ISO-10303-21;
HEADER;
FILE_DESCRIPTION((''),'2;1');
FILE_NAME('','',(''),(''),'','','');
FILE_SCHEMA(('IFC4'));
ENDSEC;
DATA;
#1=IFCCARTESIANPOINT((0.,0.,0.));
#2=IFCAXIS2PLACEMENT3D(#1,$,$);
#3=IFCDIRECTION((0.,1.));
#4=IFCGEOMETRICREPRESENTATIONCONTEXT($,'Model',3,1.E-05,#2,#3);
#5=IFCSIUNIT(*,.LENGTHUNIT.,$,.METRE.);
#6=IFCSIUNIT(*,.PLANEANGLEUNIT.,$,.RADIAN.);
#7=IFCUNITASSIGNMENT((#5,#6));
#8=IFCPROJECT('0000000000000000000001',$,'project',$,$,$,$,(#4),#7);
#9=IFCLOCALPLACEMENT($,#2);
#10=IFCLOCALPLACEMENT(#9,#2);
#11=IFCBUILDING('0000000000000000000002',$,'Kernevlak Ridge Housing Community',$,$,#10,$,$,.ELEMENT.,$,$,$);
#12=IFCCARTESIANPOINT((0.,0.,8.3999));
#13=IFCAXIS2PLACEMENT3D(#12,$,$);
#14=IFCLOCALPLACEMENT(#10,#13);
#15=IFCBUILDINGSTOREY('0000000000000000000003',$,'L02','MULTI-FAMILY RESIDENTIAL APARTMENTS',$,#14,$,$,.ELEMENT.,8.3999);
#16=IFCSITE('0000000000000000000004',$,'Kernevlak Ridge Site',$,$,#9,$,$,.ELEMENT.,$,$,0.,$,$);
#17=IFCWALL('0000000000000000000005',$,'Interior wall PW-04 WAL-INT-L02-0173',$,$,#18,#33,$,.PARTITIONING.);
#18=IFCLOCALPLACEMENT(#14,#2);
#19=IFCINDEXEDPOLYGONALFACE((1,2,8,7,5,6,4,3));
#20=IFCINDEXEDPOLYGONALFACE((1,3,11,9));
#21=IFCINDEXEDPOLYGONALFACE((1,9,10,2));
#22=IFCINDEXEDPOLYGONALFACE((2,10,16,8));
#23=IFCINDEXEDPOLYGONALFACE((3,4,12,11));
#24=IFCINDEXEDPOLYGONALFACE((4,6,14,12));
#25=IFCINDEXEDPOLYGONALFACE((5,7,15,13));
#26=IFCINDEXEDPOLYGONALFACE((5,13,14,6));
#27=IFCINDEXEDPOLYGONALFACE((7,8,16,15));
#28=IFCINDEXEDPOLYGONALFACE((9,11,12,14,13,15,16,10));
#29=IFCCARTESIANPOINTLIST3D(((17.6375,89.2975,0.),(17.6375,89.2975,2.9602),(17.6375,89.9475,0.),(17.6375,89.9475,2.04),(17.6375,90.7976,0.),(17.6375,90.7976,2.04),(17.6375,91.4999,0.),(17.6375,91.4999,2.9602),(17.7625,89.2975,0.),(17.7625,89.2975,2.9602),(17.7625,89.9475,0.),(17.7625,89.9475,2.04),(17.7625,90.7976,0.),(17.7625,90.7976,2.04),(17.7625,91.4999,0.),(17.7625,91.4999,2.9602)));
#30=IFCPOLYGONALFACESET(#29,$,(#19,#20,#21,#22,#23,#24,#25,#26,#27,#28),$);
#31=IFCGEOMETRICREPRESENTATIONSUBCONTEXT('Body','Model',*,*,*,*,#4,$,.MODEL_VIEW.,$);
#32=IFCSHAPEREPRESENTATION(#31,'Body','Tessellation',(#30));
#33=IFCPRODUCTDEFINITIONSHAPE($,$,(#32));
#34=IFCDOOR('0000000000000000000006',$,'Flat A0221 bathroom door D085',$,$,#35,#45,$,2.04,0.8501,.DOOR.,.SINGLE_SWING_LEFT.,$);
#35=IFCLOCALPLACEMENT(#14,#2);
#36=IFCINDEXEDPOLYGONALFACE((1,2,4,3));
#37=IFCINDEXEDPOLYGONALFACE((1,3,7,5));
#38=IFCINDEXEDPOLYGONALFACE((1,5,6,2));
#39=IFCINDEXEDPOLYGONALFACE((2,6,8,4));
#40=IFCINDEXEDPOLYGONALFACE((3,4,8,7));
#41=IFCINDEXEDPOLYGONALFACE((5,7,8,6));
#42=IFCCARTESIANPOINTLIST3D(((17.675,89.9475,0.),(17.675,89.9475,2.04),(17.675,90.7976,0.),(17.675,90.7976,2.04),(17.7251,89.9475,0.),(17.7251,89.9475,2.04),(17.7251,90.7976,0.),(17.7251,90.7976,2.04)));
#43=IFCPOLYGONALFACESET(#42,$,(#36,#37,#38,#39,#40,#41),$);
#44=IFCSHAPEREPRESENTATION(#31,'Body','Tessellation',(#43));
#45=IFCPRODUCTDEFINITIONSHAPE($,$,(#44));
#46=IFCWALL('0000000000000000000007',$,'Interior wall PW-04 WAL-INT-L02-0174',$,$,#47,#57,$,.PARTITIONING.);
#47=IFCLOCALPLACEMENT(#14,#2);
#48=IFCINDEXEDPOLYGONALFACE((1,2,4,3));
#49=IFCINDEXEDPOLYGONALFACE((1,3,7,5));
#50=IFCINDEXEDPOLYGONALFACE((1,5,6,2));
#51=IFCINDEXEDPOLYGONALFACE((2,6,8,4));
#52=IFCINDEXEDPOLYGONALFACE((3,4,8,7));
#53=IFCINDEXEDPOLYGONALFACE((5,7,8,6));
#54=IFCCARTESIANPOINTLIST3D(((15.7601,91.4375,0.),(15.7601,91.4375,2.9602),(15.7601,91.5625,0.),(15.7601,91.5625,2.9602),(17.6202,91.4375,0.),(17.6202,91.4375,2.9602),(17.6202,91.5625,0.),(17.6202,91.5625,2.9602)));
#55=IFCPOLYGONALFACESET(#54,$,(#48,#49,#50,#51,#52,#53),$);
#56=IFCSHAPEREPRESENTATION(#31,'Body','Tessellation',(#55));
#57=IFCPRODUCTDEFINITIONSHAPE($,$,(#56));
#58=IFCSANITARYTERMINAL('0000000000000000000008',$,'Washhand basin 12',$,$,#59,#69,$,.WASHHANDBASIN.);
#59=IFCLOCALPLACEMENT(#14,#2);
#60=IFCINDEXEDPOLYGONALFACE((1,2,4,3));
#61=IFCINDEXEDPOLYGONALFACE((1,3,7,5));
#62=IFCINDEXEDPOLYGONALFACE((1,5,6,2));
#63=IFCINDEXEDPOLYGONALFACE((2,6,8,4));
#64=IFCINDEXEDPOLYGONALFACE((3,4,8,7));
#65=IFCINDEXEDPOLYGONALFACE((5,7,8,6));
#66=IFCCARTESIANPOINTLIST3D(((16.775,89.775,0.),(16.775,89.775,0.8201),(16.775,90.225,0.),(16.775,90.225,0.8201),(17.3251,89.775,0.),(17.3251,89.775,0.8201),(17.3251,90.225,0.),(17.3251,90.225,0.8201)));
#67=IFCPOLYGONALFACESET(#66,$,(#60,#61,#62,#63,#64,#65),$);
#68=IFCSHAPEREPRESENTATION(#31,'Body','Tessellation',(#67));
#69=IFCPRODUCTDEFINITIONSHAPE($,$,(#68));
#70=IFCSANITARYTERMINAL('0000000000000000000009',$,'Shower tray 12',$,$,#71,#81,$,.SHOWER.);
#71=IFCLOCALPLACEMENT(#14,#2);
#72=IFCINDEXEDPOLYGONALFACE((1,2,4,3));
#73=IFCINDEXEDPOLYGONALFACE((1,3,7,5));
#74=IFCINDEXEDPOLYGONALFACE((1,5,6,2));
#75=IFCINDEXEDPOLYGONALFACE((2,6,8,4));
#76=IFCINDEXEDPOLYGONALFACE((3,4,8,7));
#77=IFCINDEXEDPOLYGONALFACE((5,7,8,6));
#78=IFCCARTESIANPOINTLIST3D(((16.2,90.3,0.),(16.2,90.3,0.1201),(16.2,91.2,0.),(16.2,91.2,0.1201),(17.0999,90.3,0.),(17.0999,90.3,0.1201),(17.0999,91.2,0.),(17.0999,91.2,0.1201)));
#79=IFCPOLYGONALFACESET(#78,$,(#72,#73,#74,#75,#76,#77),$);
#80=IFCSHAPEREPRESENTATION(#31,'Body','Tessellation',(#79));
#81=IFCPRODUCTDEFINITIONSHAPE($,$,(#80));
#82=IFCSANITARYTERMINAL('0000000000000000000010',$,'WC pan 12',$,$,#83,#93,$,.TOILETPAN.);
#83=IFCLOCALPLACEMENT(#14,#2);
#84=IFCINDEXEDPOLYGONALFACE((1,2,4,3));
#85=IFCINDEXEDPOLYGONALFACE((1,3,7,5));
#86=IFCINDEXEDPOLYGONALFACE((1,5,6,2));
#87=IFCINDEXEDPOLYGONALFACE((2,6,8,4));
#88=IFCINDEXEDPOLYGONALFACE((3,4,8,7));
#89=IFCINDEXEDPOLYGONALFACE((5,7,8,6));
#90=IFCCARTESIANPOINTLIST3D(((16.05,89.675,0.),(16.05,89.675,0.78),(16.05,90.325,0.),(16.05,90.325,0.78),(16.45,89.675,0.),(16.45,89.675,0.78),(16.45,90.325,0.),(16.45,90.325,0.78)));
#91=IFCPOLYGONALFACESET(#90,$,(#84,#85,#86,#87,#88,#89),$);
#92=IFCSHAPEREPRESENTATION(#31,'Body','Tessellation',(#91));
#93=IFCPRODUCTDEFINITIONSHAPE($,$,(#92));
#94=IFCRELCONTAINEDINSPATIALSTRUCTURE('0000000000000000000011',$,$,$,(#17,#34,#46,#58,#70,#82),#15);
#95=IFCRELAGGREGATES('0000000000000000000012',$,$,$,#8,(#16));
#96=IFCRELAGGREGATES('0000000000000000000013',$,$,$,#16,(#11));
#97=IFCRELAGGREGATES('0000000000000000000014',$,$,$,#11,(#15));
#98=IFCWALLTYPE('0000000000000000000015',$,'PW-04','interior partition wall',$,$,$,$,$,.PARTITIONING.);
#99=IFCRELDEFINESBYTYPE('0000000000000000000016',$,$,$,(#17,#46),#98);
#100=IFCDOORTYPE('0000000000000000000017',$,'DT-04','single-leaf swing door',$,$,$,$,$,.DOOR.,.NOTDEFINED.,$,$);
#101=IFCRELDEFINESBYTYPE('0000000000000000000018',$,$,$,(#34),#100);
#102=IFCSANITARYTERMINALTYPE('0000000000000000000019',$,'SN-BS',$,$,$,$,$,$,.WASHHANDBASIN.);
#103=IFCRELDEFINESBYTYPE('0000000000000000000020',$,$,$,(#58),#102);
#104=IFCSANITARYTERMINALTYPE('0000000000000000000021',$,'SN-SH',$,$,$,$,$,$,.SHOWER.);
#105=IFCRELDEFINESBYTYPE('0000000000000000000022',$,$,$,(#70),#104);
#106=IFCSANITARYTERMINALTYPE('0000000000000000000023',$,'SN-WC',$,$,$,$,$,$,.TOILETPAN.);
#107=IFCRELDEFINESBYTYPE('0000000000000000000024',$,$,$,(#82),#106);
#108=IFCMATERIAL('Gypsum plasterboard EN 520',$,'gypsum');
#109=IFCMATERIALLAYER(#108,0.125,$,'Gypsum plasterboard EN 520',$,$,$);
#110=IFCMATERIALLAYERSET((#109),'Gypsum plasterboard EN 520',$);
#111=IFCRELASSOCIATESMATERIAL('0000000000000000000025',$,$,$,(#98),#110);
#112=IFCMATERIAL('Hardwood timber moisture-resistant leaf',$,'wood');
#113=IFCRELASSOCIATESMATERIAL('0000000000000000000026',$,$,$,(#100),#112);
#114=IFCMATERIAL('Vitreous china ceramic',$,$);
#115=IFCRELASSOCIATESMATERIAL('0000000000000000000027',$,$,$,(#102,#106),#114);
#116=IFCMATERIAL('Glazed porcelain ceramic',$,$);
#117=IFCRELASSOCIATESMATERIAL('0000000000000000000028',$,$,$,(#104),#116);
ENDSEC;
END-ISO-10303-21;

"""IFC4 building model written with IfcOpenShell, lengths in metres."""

from ifc_helpers import new_model, si_unit, direction, frame, frame_2d, origin, origin_2d, place, context, subcontext, project, spatial, rectangle, extrude, material, layer, layer_set, type_object, element, fill, save


model = new_model("IFC4")

# Units and contexts
model_context = context("Model", 3, precision=1e-05, world=origin(), true_north=direction((0.0, 1.0)))
body_context = subcontext(model_context, "Body", "Model", "MODEL_VIEW")
ifc_project = project(units=[si_unit("LENGTHUNIT", "METRE"), si_unit("PLANEANGLEUNIT", "RADIAN")], contexts=[model_context])

# Site, building, storey
site_placement = place(None, origin())
site = spatial("IfcSite", under=ifc_project, at=site_placement, Name="Kernevlak Ridge Site", CompositionType="ELEMENT", RefElevation=0.0)
building_placement = place(site_placement, origin())
building = spatial("IfcBuilding", under=site, at=building_placement, Name="Kernevlak Ridge Housing Community", CompositionType="ELEMENT")
storey_placement = place(building_placement, frame((0.0, 0.0, 8.3999)))
storey = spatial("IfcBuildingStorey", under=building, at=storey_placement, Name="L02", Description="MULTI-FAMILY RESIDENTIAL APARTMENTS", CompositionType="ELEMENT", Elevation=8.3999)

# Wall, opening, door
ifc_material_1 = material(Name="Gypsum plasterboard EN 520", Category="gypsum")
ifc_layer_1 = layer(ifc_material_1, 0.125, Name="Gypsum plasterboard EN 520")
ifc_layer_set_1 = layer_set([ifc_layer_1], Name="Gypsum plasterboard EN 520")
wall_type_1 = type_object("IfcWallType", Name="PW-04", Description="interior partition wall", PredefinedType="PARTITIONING", material=ifc_layer_set_1)
wall_1_placement = place(storey_placement, frame((17.7, 89.2976, 0.0), z_axis=(0.0, 0.0, 1.0), x_axis=(0.0, 1.0, 0.0)))
wall_1 = element("IfcWall", 1, at=wall_1_placement, inside=storey, type_object=wall_type_1, Name="Interior wall PW-04 WAL-INT-L02-0173", PredefinedType="PARTITIONING", context=body_context, shape_type="SweptSolid", body=[
    extrude(rectangle(XDim=2.2024, YDim=0.125, at=frame_2d((1.1011, 0.0))), origin(), (0.0, 0.0, 1.0), 2.9602),
])
opening_1_placement = place(wall_1_placement, frame((0.6499, 0.0, 0.0)))
opening_1 = element("IfcOpeningElement", 2, at=opening_1_placement, cuts=wall_1, PredefinedType="OPENING", context=body_context, shape_type="SweptSolid", body=[
    extrude(rectangle(XDim=0.8501, YDim=2.04, at=frame_2d((0.425, 1.02))), frame((0.0, 0.0725, 0.0), z_axis=(0.0, -1.0, 0.0), x_axis=(1.0, 0.0, 0.0)), (0.0, 0.0, 1.0), 0.145),
])
ifc_material_2 = material(Name="Hardwood timber moisture-resistant leaf", Category="wood")
door_type_1 = type_object("IfcDoorType", Name="DT-04", Description="single-leaf swing door", OperationType="NOTDEFINED", PredefinedType="DOOR", material=ifc_material_2)
door_1_placement = place(opening_1_placement, origin())
door_1 = element("IfcDoor", 3, at=door_1_placement, inside=storey, type_object=door_type_1, Name="Flat A0221 bathroom door D085", OperationType="SINGLE_SWING_LEFT", OverallHeight=2.04, OverallWidth=0.8501, PredefinedType="DOOR", context=body_context, shape_type="SweptSolid", body=[
    extrude(rectangle(XDim=0.8501, YDim=2.04, at=frame_2d((0.425, 1.02))), frame((0.0, 0.0249, 0.0), z_axis=(0.0, -1.0, 0.0), x_axis=(1.0, 0.0, 0.0)), (0.0, 0.0, 1.0), 0.05),
])
fill(opening_1, door_1)

# Wall
wall_2_placement = place(storey_placement, frame((15.76, 91.5, 0.0), z_axis=(0.0, 0.0, 1.0), x_axis=(1.0, 0.0, 0.0)))
element("IfcWall", 4, at=wall_2_placement, inside=storey, type_object=wall_type_1, Name="Interior wall PW-04 WAL-INT-L02-0174", PredefinedType="PARTITIONING", context=body_context, shape_type="SweptSolid", body=[
    extrude(rectangle(XDim=1.8601, YDim=0.125, at=frame_2d((0.9302, 0.0))), origin(), (0.0, 0.0, 1.0), 2.9602),
])

# Sanitary terminals
ifc_material_3 = material(Name="Vitreous china ceramic")
sanitary_terminal_type_1 = type_object("IfcSanitaryTerminalType", Name="SN-BS", PredefinedType="WASHHANDBASIN", material=ifc_material_3)
sanitary_terminal_1_placement = place(storey_placement, frame((17.05, 90.0, 0.0), z_axis=(0.0, 0.0, 1.0), x_axis=(1.0, 0.0, 0.0)))
element("IfcSanitaryTerminal", 5, at=sanitary_terminal_1_placement, inside=storey, type_object=sanitary_terminal_type_1, Name="Washhand basin 12", PredefinedType="WASHHANDBASIN", context=body_context, shape_type="SweptSolid", body=[
    extrude(rectangle(XDim=0.55, YDim=0.45, at=origin_2d()), origin(), (0.0, 0.0, 1.0), 0.8201),
])
ifc_material_4 = material(Name="Glazed porcelain ceramic")
sanitary_terminal_type_2 = type_object("IfcSanitaryTerminalType", Name="SN-SH", PredefinedType="SHOWER", material=ifc_material_4)
sanitary_terminal_2_placement = place(storey_placement, frame((16.6499, 90.75, 0.0), z_axis=(0.0, 0.0, 1.0), x_axis=(1.0, 0.0, 0.0)))
element("IfcSanitaryTerminal", 6, at=sanitary_terminal_2_placement, inside=storey, type_object=sanitary_terminal_type_2, Name="Shower tray 12", PredefinedType="SHOWER", context=body_context, shape_type="SweptSolid", body=[
    extrude(rectangle(XDim=0.8999, YDim=0.8999, at=origin_2d()), origin(), (0.0, 0.0, 1.0), 0.1201),
])
sanitary_terminal_type_3 = type_object("IfcSanitaryTerminalType", Name="SN-WC", PredefinedType="TOILETPAN", material=ifc_material_3)
sanitary_terminal_3_placement = place(storey_placement, frame((16.25, 90.0, 0.0), z_axis=(0.0, 0.0, 1.0), x_axis=(1.0, 0.0, 0.0)))
element("IfcSanitaryTerminal", 7, at=sanitary_terminal_3_placement, inside=storey, type_object=sanitary_terminal_type_3, Name="WC pan 12", PredefinedType="TOILETPAN", context=body_context, shape_type="SweptSolid", body=[
    extrude(rectangle(XDim=0.3999, YDim=0.6499, at=origin_2d()), origin(), (0.0, 0.0, 1.0), 0.78),
])

save(model, "model.ifc")
